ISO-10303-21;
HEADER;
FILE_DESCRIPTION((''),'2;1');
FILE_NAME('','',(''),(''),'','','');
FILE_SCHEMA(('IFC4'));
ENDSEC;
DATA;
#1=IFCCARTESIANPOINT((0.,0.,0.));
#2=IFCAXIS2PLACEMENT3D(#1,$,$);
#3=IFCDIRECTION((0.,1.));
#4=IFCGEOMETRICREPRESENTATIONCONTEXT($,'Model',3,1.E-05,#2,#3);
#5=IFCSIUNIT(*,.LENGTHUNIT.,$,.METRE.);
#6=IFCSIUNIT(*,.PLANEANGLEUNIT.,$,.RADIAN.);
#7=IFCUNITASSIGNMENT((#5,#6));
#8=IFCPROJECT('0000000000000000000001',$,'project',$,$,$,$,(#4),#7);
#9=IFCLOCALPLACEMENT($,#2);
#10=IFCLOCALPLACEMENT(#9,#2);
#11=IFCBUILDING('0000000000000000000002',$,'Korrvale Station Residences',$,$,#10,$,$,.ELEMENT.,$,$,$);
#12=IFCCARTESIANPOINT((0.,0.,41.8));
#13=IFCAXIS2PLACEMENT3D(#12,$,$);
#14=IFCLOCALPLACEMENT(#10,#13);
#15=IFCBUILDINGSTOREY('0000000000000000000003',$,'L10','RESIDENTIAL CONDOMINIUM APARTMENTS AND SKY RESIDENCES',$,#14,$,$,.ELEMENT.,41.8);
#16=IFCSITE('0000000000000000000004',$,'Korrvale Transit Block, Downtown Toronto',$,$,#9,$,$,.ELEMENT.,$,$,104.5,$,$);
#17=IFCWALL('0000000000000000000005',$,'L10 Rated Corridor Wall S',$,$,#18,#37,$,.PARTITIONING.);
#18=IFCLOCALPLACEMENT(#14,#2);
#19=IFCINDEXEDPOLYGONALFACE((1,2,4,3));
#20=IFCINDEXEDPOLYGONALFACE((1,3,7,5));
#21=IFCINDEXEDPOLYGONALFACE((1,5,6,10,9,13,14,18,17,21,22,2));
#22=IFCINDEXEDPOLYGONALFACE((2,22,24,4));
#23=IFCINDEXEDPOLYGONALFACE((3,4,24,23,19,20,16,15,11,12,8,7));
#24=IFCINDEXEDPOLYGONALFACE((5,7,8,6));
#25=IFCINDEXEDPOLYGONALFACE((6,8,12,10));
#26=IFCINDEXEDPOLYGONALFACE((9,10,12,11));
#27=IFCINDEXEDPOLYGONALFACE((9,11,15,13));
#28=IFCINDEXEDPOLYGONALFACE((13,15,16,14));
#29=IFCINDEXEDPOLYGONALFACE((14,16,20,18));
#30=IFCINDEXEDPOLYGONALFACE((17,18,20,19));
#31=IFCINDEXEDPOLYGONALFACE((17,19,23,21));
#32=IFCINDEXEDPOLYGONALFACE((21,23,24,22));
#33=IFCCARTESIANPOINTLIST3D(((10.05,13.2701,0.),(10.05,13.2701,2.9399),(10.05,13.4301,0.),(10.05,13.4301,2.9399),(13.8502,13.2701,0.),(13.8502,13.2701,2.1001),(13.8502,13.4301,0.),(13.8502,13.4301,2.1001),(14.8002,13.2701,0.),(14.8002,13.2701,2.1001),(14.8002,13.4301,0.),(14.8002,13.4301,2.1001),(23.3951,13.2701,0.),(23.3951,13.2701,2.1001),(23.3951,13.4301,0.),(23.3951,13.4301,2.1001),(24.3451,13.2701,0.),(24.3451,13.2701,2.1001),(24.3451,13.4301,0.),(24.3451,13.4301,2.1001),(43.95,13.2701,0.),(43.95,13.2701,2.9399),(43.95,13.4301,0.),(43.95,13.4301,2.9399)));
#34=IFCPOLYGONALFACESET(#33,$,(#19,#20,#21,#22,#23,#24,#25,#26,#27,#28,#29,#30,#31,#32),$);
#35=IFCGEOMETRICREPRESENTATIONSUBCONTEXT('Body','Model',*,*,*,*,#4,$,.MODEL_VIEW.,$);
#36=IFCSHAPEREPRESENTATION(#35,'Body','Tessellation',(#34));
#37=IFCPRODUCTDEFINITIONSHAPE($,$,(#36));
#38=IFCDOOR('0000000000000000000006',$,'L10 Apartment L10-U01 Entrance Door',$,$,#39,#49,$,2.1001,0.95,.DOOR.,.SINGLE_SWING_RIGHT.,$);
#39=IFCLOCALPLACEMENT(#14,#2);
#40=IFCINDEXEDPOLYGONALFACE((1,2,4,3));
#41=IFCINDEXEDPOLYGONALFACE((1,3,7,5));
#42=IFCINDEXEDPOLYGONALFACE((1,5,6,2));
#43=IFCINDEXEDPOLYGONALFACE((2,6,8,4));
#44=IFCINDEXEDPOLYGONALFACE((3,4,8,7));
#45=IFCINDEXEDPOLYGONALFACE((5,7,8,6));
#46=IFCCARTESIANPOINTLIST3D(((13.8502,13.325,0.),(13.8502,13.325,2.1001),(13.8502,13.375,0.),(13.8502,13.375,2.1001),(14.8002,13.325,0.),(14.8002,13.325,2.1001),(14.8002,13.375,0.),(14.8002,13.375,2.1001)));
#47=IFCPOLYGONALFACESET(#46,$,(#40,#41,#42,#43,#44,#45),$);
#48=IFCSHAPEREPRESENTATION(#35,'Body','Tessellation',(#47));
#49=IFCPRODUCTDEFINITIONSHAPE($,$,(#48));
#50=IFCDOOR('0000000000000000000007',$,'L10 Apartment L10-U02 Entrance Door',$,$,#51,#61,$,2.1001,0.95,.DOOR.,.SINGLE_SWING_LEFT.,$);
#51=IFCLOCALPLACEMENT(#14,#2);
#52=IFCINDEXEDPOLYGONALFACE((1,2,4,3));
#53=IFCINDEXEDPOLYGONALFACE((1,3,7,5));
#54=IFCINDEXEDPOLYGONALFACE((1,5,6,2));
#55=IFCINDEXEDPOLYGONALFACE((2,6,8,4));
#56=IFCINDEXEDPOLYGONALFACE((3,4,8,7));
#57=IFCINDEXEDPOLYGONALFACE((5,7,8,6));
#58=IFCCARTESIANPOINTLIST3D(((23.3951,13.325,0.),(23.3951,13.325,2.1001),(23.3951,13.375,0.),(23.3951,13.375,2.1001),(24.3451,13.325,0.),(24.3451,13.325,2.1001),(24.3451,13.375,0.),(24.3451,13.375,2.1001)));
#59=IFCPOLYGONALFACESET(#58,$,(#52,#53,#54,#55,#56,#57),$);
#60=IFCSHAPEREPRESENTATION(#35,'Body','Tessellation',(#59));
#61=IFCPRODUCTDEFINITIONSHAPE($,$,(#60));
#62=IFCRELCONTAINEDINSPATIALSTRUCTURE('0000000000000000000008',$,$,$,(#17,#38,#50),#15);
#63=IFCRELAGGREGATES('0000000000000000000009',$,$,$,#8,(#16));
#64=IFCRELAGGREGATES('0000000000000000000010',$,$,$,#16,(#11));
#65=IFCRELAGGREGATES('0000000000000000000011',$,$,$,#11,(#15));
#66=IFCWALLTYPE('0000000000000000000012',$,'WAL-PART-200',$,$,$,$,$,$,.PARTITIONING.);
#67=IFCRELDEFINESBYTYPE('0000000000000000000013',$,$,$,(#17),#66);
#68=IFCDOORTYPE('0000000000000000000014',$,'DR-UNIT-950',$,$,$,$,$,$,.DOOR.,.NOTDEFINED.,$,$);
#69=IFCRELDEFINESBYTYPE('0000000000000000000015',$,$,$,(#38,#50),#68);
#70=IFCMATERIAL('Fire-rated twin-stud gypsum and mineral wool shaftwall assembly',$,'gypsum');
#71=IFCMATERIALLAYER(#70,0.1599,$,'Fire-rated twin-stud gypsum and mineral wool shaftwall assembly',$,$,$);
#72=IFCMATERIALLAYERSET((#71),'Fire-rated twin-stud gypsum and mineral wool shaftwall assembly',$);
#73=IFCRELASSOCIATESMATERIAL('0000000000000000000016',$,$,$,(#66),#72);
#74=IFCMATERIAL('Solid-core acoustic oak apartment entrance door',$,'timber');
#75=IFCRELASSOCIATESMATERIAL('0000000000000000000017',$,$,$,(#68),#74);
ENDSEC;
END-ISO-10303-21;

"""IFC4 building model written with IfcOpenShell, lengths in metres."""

from ifc_helpers import new_model, si_unit, direction, frame, frame_2d, origin, place, context, subcontext, project, spatial, rectangle, extrude, material, layer, layer_set, type_object, element, fill, save


model = new_model("IFC4")

# Units and contexts
model_context = context("Model", 3, precision=1e-05, world=origin(), true_north=direction((0.0, 1.0)))
body_context = subcontext(model_context, "Body", "Model", "MODEL_VIEW")
ifc_project = project(units=[si_unit("LENGTHUNIT", "METRE"), si_unit("PLANEANGLEUNIT", "RADIAN")], contexts=[model_context])

# Site, building, storey
site_placement = place(None, origin())
site = spatial("IfcSite", under=ifc_project, at=site_placement, Name="Korrvale Transit Block, Downtown Toronto", CompositionType="ELEMENT", RefElevation=104.5)
building_placement = place(site_placement, origin())
building = spatial("IfcBuilding", under=site, at=building_placement, Name="Korrvale Station Residences", CompositionType="ELEMENT")
storey_placement = place(building_placement, frame((0.0, 0.0, 41.8)))
storey = spatial("IfcBuildingStorey", under=building, at=storey_placement, Name="L10", Description="RESIDENTIAL CONDOMINIUM APARTMENTS AND SKY RESIDENCES", CompositionType="ELEMENT", Elevation=41.8)

# Shared definitions
ifc_material_1 = material(Name="Fire-rated twin-stud gypsum and mineral wool shaftwall assembly", Category="gypsum")
ifc_layer_1 = layer(ifc_material_1, 0.1599, Name="Fire-rated twin-stud gypsum and mineral wool shaftwall assembly")
ifc_layer_set_1 = layer_set([ifc_layer_1], Name="Fire-rated twin-stud gypsum and mineral wool shaftwall assembly")
wall_type_1 = type_object("IfcWallType", Name="WAL-PART-200", PredefinedType="PARTITIONING", material=ifc_layer_set_1)

# Wall, openings, doors
wall_1_placement = place(storey_placement, frame((10.05, 13.3501, 0.0), z_axis=(0.0, 0.0, 1.0), x_axis=(1.0, 0.0, 0.0)))
wall_1 = element("IfcWall", 1, at=wall_1_placement, inside=storey, type_object=wall_type_1, Name="L10 Rated Corridor Wall S", PredefinedType="PARTITIONING", context=body_context, shape_type="SweptSolid", body=[
    extrude(rectangle(XDim=33.8999, YDim=0.1599, at=frame_2d((16.95, 0.0))), origin(), (0.0, 0.0, 1.0), 2.9399),
])
opening_1_placement = place(wall_1_placement, frame((3.8, 0.0, 0.0)))
opening_1 = element("IfcOpeningElement", 2, at=opening_1_placement, cuts=wall_1, PredefinedType="OPENING", context=body_context, shape_type="SweptSolid", body=[
    extrude(rectangle(XDim=0.95, YDim=2.1001, at=frame_2d((0.4751, 1.05))), frame((0.0, 0.0898, 0.0), z_axis=(0.0, -1.0, 0.0), x_axis=(1.0, 0.0, 0.0)), (0.0, 0.0, 1.0), 0.1799),
])
opening_2_placement = place(wall_1_placement, frame((13.345, 0.0, 0.0)))
opening_2 = element("IfcOpeningElement", 3, at=opening_2_placement, cuts=wall_1, PredefinedType="OPENING", context=body_context, shape_type="SweptSolid", body=[
    extrude(rectangle(XDim=0.95, YDim=2.1001, at=frame_2d((0.4751, 1.05))), frame((0.0, 0.0898, 0.0), z_axis=(0.0, -1.0, 0.0), x_axis=(1.0, 0.0, 0.0)), (0.0, 0.0, 1.0), 0.1799),
])
ifc_material_2 = material(Name="Solid-core acoustic oak apartment entrance door", Category="timber")
door_type_1 = type_object("IfcDoorType", Name="DR-UNIT-950", OperationType="NOTDEFINED", PredefinedType="DOOR", material=ifc_material_2)
door_1_placement = place(opening_1_placement, origin())
door_1 = element("IfcDoor", 4, at=door_1_placement, inside=storey, type_object=door_type_1, Name="L10 Apartment L10-U01 Entrance Door", OperationType="SINGLE_SWING_RIGHT", OverallHeight=2.1001, OverallWidth=0.95, PredefinedType="DOOR", context=body_context, shape_type="SweptSolid", body=[
    extrude(rectangle(XDim=0.95, YDim=2.1001, at=frame_2d((0.4751, 1.05))), frame((0.0, 0.0249, 0.0), z_axis=(0.0, -1.0, 0.0), x_axis=(1.0, 0.0, 0.0)), (0.0, 0.0, 1.0), 0.05),
])
fill(opening_1, door_1)
door_2_placement = place(opening_2_placement, origin())
door_2 = element("IfcDoor", 5, at=door_2_placement, inside=storey, type_object=door_type_1, Name="L10 Apartment L10-U02 Entrance Door", OperationType="SINGLE_SWING_LEFT", OverallHeight=2.1001, OverallWidth=0.95, PredefinedType="DOOR", context=body_context, shape_type="SweptSolid", body=[
    extrude(rectangle(XDim=0.95, YDim=2.1001, at=frame_2d((0.4751, 1.05))), frame((0.0, 0.0249, 0.0), z_axis=(0.0, -1.0, 0.0), x_axis=(1.0, 0.0, 0.0)), (0.0, 0.0, 1.0), 0.05),
])
fill(opening_2, door_2)

save(model, "model.ifc")
